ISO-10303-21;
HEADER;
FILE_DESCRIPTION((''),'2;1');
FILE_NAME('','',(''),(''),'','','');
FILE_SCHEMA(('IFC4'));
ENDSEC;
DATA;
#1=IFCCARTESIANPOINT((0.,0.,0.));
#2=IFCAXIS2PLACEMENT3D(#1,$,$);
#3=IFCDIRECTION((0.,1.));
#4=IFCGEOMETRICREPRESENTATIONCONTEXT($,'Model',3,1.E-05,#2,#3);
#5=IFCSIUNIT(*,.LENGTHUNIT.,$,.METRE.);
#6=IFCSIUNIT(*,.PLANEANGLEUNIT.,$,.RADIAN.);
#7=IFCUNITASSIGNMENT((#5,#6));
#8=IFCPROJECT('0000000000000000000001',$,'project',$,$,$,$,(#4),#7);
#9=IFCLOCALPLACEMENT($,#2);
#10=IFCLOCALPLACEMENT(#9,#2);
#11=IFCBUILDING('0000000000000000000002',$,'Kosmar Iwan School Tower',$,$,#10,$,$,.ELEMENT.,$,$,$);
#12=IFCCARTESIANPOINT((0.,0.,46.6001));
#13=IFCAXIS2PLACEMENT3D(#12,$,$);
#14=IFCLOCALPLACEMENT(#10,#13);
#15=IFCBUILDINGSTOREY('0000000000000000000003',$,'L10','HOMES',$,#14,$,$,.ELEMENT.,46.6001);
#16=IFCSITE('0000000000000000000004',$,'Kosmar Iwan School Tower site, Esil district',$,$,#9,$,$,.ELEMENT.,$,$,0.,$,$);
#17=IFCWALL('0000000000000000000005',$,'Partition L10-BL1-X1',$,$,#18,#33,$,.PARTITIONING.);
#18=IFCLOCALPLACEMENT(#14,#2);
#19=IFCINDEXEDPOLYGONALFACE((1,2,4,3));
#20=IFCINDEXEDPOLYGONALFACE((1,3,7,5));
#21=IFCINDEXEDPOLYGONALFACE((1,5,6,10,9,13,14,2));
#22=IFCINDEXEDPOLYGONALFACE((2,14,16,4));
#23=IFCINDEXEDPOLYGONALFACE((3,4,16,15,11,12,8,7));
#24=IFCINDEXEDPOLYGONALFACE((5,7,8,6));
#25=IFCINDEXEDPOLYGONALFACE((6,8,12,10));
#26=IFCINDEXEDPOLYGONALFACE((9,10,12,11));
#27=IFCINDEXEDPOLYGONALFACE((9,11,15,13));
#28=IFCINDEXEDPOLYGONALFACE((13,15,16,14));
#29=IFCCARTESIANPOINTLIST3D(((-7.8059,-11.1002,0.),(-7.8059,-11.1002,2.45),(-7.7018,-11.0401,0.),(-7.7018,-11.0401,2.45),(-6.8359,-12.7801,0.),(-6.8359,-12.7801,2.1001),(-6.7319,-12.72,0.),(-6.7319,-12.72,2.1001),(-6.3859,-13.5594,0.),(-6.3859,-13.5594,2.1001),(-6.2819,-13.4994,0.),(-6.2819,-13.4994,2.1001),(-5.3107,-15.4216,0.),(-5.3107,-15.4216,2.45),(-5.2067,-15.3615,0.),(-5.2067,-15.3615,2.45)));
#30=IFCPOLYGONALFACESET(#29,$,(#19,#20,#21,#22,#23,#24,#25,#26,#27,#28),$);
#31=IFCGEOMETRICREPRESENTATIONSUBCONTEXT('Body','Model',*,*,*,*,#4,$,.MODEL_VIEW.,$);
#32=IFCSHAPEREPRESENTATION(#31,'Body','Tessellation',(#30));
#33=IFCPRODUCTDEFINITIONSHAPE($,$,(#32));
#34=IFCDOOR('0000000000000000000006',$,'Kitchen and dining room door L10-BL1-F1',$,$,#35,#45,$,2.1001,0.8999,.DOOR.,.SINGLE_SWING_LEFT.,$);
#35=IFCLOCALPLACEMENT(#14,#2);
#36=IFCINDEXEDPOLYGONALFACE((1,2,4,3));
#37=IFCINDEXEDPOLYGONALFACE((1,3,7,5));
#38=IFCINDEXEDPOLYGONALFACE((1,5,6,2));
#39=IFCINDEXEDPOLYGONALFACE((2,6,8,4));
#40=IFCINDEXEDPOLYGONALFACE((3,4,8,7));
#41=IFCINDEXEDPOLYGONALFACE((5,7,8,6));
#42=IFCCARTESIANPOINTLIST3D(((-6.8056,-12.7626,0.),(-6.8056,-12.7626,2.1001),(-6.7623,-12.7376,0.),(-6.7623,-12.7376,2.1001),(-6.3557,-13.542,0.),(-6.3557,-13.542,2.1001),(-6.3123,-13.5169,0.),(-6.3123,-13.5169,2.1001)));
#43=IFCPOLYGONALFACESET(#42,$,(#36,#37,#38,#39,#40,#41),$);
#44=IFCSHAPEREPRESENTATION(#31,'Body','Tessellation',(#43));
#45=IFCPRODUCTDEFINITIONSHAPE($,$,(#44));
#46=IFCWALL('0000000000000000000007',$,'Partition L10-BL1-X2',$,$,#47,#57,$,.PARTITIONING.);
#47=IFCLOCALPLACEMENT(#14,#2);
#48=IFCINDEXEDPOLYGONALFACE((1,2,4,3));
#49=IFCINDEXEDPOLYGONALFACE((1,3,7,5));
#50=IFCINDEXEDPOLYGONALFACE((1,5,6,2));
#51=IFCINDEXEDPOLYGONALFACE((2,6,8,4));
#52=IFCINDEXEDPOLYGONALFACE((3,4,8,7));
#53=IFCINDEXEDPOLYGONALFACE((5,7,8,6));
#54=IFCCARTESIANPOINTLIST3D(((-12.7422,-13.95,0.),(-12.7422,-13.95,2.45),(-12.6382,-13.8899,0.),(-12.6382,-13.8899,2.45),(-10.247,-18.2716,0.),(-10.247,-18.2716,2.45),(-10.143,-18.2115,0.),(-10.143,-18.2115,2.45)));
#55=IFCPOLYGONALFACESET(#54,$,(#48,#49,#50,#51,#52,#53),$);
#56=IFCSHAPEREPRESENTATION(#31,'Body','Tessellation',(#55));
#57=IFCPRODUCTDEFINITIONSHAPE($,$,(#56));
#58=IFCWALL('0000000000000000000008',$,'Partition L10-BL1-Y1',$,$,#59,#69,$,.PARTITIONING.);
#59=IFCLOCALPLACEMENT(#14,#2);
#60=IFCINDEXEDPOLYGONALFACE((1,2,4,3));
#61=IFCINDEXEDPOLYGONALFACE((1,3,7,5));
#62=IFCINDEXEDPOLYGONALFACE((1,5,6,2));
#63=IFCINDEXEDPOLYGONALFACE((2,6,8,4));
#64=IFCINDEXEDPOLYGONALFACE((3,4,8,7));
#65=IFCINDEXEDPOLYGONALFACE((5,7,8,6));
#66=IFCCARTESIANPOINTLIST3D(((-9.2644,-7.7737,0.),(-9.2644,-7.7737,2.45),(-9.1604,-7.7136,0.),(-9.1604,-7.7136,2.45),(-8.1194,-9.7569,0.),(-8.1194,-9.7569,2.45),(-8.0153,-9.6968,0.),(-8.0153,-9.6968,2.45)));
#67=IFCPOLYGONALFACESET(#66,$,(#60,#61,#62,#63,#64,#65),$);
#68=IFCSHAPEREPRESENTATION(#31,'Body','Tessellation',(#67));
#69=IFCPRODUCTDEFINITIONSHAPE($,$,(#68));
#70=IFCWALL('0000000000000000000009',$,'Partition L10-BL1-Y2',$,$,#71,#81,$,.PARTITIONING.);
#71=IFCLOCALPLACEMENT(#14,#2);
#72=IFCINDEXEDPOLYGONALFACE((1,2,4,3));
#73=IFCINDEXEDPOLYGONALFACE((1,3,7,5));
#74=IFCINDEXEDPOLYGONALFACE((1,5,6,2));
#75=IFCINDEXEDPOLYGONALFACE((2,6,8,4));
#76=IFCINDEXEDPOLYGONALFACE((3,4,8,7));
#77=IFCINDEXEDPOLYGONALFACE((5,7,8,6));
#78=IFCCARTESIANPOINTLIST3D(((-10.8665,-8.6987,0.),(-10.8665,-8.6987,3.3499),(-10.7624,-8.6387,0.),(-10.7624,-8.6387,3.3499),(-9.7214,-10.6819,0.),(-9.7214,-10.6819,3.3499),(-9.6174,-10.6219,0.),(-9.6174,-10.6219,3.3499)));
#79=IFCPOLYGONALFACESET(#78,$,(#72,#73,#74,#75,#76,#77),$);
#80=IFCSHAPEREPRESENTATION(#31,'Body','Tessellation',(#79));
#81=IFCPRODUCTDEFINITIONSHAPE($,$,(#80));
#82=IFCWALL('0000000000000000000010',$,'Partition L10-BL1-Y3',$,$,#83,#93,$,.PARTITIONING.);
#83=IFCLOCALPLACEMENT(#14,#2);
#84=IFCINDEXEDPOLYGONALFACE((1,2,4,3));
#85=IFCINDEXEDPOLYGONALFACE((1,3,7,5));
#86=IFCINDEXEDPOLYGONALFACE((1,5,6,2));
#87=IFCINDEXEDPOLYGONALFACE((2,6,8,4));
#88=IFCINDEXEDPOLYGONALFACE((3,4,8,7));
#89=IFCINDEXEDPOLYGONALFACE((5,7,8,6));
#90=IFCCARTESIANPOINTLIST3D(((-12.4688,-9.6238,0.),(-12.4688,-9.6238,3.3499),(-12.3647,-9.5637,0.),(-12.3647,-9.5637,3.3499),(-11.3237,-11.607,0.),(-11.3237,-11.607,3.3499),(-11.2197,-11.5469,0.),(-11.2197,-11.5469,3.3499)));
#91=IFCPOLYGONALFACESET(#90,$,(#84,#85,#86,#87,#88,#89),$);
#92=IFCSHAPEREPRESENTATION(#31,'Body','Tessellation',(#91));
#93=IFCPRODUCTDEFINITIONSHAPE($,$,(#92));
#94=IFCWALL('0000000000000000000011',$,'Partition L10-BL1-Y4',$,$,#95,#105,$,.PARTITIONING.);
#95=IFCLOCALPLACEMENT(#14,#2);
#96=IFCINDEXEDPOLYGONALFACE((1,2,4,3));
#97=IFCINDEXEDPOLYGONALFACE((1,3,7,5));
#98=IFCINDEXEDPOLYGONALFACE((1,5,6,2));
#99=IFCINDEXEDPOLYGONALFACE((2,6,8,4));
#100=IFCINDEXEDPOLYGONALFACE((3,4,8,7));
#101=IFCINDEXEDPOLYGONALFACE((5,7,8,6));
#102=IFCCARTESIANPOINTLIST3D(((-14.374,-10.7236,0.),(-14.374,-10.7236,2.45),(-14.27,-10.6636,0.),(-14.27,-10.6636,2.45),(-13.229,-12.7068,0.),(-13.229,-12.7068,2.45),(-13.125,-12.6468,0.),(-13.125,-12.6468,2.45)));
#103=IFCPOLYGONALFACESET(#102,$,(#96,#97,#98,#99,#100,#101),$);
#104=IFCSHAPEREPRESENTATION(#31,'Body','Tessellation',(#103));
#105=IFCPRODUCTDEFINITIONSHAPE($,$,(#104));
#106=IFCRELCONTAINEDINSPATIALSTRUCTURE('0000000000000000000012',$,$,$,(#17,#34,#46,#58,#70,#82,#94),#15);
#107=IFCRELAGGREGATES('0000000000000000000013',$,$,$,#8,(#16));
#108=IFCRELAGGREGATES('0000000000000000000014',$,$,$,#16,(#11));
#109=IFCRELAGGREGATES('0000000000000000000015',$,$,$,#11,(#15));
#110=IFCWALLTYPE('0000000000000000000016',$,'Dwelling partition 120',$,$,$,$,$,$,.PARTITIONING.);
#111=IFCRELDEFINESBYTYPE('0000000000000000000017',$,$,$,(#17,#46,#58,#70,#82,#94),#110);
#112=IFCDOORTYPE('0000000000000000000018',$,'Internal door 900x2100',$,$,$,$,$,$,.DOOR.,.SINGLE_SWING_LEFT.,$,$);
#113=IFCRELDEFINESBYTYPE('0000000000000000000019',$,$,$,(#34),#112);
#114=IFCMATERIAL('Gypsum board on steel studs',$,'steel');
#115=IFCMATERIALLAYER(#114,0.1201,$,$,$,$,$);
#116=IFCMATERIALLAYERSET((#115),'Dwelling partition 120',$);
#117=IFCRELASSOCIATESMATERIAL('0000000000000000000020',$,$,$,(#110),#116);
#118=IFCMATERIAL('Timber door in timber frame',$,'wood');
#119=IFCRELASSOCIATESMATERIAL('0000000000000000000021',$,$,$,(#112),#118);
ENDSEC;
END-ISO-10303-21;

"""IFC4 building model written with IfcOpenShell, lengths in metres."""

from ifc_helpers import new_model, si_unit, direction, frame, frame_2d, origin, place, context, subcontext, project, spatial, rectangle, extrude, material, layer, layer_set, type_object, element, fill, save


model = new_model("IFC4")

# Units and contexts
model_context = context("Model", 3, precision=1e-05, world=origin(), true_north=direction((0.0, 1.0)))
body_context = subcontext(model_context, "Body", "Model", "MODEL_VIEW")
ifc_project = project(units=[si_unit("LENGTHUNIT", "METRE"), si_unit("PLANEANGLEUNIT", "RADIAN")], contexts=[model_context])

# Site, building, storey
site_placement = place(None, origin())
site = spatial("IfcSite", under=ifc_project, at=site_placement, Name="Kosmar Iwan School Tower site, Esil district", CompositionType="ELEMENT", RefElevation=0.0)
building_placement = place(site_placement, origin())
building = spatial("IfcBuilding", under=site, at=building_placement, Name="Kosmar Iwan School Tower", CompositionType="ELEMENT")
storey_placement = place(building_placement, frame((0.0, 0.0, 46.6001)))
storey = spatial("IfcBuildingStorey", under=building, at=storey_placement, Name="L10", Description="HOMES", CompositionType="ELEMENT", Elevation=46.6001)

# Shared definitions
ifc_material_1 = material(Name="Gypsum board on steel studs", Category="steel")
ifc_layer_1 = layer(ifc_material_1, 0.1201)
ifc_layer_set_1 = layer_set([ifc_layer_1], Name="Dwelling partition 120")
wall_type_1 = type_object("IfcWallType", Name="Dwelling partition 120", PredefinedType="PARTITIONING", material=ifc_layer_set_1)
ifc_material_2 = material(Name="Timber door in timber frame", Category="wood")
door_type_1 = type_object("IfcDoorType", Name="Internal door 900x2100", OperationType="SINGLE_SWING_LEFT", PredefinedType="DOOR", material=ifc_material_2)

# Wall, opening, door
wall_1_placement = place(storey_placement, frame((-7.7539, -11.0701, 0.0), z_axis=(0.0, 0.0, 1.0), x_axis=(0.500033, -0.866006, 0.0)))
wall_1 = element("IfcWall", 1, at=wall_1_placement, inside=storey, type_object=wall_type_1, Name="Partition L10-BL1-X1", PredefinedType="PARTITIONING", context=body_context, shape_type="SweptSolid", body=[
    extrude(rectangle(XDim=4.99, YDim=0.1201, at=frame_2d((2.4951, 0.0))), origin(), (0.0, 0.0, 1.0), 2.45),
])
opening_1_placement = place(wall_1_placement, frame((1.9399, 0.0, 0.0)))
opening_1 = element("IfcOpeningElement", 2, at=opening_1_placement, cuts=wall_1, PredefinedType="OPENING", context=body_context, shape_type="SweptSolid", body=[
    extrude(rectangle(XDim=0.8999, YDim=2.1001, at=frame_2d((0.45, 1.05))), frame((0.0, 0.072, 0.0), z_axis=(0.0, -1.0, 0.0), x_axis=(1.0, 0.0, 0.0)), (0.0, 0.0, 1.0), 0.144),
])
door_1_placement = place(opening_1_placement, origin())
door_1 = element("IfcDoor", 3, at=door_1_placement, inside=storey, type_object=door_type_1, Name="Kitchen and dining room door L10-BL1-F1", OperationType="SINGLE_SWING_LEFT", OverallHeight=2.1001, OverallWidth=0.8999, PredefinedType="DOOR", context=body_context, shape_type="SweptSolid", body=[
    extrude(rectangle(XDim=0.8999, YDim=2.1001, at=frame_2d((0.45, 1.05))), frame((0.0, 0.0249, 0.0), z_axis=(0.0, -1.0, 0.0), x_axis=(1.0, 0.0, 0.0)), (0.0, 0.0, 1.0), 0.05),
])
fill(opening_1, door_1)

# Walls
wall_2_placement = place(storey_placement, frame((-12.6902, -13.9199, 0.0), z_axis=(0.0, 0.0, 1.0), x_axis=(0.500012, -0.866019, 0.0)))
element("IfcWall", 4, at=wall_2_placement, inside=storey, type_object=wall_type_1, Name="Partition L10-BL1-X2", PredefinedType="PARTITIONING", context=body_context, shape_type="SweptSolid", body=[
    extrude(rectangle(XDim=4.9902, YDim=0.1201, at=frame_2d((2.4951, 0.0))), origin(), (0.0, 0.0, 1.0), 2.45),
])
wall_3_placement = place(storey_placement, frame((-9.2124, -7.7437, 0.0), z_axis=(0.0, 0.0, 1.0), x_axis=(0.500015, -0.866017, 0.0)))
element("IfcWall", 5, at=wall_3_placement, inside=storey, type_object=wall_type_1, Name="Partition L10-BL1-Y1", PredefinedType="PARTITIONING", context=body_context, shape_type="SweptSolid", body=[
    extrude(rectangle(XDim=2.29, YDim=0.1201, at=frame_2d((1.145, 0.0))), origin(), (0.0, 0.0, 1.0), 2.45),
])
for number, where, z_axis, x_axis, name in (
    (6, (-10.8145, -8.6687, 0.0), (0.0, 0.0, 1.0), (0.500015, -0.866017, 0.0), "Partition L10-BL1-Y2"),
    (7, (-12.4167, -9.5938, 0.0), (0.0, 0.0, 1.0), (0.500015, -0.866017, 0.0), "Partition L10-BL1-Y3"),
):
    element("IfcWall", number, at=place(storey_placement, frame(where, z_axis=z_axis, x_axis=x_axis)), inside=storey, type_object=wall_type_1, Name=name, PredefinedType="PARTITIONING", context=body_context, shape_type="SweptSolid", body=[
        extrude(rectangle(XDim=2.29, YDim=0.1201, at=frame_2d((1.145, 0.0))), origin(), (0.0, 0.0, 1.0), 3.3499),
    ])
wall_4_placement = place(storey_placement, frame((-14.322, -10.6936, 0.0), z_axis=(0.0, 0.0, 1.0), x_axis=(0.500015, -0.866017, 0.0)))
element("IfcWall", 8, at=wall_4_placement, inside=storey, type_object=wall_type_1, Name="Partition L10-BL1-Y4", PredefinedType="PARTITIONING", context=body_context, shape_type="SweptSolid", body=[
    extrude(rectangle(XDim=2.29, YDim=0.1201, at=frame_2d((1.145, 0.0))), origin(), (0.0, 0.0, 1.0), 2.45),
])

save(model, "model.ifc")
